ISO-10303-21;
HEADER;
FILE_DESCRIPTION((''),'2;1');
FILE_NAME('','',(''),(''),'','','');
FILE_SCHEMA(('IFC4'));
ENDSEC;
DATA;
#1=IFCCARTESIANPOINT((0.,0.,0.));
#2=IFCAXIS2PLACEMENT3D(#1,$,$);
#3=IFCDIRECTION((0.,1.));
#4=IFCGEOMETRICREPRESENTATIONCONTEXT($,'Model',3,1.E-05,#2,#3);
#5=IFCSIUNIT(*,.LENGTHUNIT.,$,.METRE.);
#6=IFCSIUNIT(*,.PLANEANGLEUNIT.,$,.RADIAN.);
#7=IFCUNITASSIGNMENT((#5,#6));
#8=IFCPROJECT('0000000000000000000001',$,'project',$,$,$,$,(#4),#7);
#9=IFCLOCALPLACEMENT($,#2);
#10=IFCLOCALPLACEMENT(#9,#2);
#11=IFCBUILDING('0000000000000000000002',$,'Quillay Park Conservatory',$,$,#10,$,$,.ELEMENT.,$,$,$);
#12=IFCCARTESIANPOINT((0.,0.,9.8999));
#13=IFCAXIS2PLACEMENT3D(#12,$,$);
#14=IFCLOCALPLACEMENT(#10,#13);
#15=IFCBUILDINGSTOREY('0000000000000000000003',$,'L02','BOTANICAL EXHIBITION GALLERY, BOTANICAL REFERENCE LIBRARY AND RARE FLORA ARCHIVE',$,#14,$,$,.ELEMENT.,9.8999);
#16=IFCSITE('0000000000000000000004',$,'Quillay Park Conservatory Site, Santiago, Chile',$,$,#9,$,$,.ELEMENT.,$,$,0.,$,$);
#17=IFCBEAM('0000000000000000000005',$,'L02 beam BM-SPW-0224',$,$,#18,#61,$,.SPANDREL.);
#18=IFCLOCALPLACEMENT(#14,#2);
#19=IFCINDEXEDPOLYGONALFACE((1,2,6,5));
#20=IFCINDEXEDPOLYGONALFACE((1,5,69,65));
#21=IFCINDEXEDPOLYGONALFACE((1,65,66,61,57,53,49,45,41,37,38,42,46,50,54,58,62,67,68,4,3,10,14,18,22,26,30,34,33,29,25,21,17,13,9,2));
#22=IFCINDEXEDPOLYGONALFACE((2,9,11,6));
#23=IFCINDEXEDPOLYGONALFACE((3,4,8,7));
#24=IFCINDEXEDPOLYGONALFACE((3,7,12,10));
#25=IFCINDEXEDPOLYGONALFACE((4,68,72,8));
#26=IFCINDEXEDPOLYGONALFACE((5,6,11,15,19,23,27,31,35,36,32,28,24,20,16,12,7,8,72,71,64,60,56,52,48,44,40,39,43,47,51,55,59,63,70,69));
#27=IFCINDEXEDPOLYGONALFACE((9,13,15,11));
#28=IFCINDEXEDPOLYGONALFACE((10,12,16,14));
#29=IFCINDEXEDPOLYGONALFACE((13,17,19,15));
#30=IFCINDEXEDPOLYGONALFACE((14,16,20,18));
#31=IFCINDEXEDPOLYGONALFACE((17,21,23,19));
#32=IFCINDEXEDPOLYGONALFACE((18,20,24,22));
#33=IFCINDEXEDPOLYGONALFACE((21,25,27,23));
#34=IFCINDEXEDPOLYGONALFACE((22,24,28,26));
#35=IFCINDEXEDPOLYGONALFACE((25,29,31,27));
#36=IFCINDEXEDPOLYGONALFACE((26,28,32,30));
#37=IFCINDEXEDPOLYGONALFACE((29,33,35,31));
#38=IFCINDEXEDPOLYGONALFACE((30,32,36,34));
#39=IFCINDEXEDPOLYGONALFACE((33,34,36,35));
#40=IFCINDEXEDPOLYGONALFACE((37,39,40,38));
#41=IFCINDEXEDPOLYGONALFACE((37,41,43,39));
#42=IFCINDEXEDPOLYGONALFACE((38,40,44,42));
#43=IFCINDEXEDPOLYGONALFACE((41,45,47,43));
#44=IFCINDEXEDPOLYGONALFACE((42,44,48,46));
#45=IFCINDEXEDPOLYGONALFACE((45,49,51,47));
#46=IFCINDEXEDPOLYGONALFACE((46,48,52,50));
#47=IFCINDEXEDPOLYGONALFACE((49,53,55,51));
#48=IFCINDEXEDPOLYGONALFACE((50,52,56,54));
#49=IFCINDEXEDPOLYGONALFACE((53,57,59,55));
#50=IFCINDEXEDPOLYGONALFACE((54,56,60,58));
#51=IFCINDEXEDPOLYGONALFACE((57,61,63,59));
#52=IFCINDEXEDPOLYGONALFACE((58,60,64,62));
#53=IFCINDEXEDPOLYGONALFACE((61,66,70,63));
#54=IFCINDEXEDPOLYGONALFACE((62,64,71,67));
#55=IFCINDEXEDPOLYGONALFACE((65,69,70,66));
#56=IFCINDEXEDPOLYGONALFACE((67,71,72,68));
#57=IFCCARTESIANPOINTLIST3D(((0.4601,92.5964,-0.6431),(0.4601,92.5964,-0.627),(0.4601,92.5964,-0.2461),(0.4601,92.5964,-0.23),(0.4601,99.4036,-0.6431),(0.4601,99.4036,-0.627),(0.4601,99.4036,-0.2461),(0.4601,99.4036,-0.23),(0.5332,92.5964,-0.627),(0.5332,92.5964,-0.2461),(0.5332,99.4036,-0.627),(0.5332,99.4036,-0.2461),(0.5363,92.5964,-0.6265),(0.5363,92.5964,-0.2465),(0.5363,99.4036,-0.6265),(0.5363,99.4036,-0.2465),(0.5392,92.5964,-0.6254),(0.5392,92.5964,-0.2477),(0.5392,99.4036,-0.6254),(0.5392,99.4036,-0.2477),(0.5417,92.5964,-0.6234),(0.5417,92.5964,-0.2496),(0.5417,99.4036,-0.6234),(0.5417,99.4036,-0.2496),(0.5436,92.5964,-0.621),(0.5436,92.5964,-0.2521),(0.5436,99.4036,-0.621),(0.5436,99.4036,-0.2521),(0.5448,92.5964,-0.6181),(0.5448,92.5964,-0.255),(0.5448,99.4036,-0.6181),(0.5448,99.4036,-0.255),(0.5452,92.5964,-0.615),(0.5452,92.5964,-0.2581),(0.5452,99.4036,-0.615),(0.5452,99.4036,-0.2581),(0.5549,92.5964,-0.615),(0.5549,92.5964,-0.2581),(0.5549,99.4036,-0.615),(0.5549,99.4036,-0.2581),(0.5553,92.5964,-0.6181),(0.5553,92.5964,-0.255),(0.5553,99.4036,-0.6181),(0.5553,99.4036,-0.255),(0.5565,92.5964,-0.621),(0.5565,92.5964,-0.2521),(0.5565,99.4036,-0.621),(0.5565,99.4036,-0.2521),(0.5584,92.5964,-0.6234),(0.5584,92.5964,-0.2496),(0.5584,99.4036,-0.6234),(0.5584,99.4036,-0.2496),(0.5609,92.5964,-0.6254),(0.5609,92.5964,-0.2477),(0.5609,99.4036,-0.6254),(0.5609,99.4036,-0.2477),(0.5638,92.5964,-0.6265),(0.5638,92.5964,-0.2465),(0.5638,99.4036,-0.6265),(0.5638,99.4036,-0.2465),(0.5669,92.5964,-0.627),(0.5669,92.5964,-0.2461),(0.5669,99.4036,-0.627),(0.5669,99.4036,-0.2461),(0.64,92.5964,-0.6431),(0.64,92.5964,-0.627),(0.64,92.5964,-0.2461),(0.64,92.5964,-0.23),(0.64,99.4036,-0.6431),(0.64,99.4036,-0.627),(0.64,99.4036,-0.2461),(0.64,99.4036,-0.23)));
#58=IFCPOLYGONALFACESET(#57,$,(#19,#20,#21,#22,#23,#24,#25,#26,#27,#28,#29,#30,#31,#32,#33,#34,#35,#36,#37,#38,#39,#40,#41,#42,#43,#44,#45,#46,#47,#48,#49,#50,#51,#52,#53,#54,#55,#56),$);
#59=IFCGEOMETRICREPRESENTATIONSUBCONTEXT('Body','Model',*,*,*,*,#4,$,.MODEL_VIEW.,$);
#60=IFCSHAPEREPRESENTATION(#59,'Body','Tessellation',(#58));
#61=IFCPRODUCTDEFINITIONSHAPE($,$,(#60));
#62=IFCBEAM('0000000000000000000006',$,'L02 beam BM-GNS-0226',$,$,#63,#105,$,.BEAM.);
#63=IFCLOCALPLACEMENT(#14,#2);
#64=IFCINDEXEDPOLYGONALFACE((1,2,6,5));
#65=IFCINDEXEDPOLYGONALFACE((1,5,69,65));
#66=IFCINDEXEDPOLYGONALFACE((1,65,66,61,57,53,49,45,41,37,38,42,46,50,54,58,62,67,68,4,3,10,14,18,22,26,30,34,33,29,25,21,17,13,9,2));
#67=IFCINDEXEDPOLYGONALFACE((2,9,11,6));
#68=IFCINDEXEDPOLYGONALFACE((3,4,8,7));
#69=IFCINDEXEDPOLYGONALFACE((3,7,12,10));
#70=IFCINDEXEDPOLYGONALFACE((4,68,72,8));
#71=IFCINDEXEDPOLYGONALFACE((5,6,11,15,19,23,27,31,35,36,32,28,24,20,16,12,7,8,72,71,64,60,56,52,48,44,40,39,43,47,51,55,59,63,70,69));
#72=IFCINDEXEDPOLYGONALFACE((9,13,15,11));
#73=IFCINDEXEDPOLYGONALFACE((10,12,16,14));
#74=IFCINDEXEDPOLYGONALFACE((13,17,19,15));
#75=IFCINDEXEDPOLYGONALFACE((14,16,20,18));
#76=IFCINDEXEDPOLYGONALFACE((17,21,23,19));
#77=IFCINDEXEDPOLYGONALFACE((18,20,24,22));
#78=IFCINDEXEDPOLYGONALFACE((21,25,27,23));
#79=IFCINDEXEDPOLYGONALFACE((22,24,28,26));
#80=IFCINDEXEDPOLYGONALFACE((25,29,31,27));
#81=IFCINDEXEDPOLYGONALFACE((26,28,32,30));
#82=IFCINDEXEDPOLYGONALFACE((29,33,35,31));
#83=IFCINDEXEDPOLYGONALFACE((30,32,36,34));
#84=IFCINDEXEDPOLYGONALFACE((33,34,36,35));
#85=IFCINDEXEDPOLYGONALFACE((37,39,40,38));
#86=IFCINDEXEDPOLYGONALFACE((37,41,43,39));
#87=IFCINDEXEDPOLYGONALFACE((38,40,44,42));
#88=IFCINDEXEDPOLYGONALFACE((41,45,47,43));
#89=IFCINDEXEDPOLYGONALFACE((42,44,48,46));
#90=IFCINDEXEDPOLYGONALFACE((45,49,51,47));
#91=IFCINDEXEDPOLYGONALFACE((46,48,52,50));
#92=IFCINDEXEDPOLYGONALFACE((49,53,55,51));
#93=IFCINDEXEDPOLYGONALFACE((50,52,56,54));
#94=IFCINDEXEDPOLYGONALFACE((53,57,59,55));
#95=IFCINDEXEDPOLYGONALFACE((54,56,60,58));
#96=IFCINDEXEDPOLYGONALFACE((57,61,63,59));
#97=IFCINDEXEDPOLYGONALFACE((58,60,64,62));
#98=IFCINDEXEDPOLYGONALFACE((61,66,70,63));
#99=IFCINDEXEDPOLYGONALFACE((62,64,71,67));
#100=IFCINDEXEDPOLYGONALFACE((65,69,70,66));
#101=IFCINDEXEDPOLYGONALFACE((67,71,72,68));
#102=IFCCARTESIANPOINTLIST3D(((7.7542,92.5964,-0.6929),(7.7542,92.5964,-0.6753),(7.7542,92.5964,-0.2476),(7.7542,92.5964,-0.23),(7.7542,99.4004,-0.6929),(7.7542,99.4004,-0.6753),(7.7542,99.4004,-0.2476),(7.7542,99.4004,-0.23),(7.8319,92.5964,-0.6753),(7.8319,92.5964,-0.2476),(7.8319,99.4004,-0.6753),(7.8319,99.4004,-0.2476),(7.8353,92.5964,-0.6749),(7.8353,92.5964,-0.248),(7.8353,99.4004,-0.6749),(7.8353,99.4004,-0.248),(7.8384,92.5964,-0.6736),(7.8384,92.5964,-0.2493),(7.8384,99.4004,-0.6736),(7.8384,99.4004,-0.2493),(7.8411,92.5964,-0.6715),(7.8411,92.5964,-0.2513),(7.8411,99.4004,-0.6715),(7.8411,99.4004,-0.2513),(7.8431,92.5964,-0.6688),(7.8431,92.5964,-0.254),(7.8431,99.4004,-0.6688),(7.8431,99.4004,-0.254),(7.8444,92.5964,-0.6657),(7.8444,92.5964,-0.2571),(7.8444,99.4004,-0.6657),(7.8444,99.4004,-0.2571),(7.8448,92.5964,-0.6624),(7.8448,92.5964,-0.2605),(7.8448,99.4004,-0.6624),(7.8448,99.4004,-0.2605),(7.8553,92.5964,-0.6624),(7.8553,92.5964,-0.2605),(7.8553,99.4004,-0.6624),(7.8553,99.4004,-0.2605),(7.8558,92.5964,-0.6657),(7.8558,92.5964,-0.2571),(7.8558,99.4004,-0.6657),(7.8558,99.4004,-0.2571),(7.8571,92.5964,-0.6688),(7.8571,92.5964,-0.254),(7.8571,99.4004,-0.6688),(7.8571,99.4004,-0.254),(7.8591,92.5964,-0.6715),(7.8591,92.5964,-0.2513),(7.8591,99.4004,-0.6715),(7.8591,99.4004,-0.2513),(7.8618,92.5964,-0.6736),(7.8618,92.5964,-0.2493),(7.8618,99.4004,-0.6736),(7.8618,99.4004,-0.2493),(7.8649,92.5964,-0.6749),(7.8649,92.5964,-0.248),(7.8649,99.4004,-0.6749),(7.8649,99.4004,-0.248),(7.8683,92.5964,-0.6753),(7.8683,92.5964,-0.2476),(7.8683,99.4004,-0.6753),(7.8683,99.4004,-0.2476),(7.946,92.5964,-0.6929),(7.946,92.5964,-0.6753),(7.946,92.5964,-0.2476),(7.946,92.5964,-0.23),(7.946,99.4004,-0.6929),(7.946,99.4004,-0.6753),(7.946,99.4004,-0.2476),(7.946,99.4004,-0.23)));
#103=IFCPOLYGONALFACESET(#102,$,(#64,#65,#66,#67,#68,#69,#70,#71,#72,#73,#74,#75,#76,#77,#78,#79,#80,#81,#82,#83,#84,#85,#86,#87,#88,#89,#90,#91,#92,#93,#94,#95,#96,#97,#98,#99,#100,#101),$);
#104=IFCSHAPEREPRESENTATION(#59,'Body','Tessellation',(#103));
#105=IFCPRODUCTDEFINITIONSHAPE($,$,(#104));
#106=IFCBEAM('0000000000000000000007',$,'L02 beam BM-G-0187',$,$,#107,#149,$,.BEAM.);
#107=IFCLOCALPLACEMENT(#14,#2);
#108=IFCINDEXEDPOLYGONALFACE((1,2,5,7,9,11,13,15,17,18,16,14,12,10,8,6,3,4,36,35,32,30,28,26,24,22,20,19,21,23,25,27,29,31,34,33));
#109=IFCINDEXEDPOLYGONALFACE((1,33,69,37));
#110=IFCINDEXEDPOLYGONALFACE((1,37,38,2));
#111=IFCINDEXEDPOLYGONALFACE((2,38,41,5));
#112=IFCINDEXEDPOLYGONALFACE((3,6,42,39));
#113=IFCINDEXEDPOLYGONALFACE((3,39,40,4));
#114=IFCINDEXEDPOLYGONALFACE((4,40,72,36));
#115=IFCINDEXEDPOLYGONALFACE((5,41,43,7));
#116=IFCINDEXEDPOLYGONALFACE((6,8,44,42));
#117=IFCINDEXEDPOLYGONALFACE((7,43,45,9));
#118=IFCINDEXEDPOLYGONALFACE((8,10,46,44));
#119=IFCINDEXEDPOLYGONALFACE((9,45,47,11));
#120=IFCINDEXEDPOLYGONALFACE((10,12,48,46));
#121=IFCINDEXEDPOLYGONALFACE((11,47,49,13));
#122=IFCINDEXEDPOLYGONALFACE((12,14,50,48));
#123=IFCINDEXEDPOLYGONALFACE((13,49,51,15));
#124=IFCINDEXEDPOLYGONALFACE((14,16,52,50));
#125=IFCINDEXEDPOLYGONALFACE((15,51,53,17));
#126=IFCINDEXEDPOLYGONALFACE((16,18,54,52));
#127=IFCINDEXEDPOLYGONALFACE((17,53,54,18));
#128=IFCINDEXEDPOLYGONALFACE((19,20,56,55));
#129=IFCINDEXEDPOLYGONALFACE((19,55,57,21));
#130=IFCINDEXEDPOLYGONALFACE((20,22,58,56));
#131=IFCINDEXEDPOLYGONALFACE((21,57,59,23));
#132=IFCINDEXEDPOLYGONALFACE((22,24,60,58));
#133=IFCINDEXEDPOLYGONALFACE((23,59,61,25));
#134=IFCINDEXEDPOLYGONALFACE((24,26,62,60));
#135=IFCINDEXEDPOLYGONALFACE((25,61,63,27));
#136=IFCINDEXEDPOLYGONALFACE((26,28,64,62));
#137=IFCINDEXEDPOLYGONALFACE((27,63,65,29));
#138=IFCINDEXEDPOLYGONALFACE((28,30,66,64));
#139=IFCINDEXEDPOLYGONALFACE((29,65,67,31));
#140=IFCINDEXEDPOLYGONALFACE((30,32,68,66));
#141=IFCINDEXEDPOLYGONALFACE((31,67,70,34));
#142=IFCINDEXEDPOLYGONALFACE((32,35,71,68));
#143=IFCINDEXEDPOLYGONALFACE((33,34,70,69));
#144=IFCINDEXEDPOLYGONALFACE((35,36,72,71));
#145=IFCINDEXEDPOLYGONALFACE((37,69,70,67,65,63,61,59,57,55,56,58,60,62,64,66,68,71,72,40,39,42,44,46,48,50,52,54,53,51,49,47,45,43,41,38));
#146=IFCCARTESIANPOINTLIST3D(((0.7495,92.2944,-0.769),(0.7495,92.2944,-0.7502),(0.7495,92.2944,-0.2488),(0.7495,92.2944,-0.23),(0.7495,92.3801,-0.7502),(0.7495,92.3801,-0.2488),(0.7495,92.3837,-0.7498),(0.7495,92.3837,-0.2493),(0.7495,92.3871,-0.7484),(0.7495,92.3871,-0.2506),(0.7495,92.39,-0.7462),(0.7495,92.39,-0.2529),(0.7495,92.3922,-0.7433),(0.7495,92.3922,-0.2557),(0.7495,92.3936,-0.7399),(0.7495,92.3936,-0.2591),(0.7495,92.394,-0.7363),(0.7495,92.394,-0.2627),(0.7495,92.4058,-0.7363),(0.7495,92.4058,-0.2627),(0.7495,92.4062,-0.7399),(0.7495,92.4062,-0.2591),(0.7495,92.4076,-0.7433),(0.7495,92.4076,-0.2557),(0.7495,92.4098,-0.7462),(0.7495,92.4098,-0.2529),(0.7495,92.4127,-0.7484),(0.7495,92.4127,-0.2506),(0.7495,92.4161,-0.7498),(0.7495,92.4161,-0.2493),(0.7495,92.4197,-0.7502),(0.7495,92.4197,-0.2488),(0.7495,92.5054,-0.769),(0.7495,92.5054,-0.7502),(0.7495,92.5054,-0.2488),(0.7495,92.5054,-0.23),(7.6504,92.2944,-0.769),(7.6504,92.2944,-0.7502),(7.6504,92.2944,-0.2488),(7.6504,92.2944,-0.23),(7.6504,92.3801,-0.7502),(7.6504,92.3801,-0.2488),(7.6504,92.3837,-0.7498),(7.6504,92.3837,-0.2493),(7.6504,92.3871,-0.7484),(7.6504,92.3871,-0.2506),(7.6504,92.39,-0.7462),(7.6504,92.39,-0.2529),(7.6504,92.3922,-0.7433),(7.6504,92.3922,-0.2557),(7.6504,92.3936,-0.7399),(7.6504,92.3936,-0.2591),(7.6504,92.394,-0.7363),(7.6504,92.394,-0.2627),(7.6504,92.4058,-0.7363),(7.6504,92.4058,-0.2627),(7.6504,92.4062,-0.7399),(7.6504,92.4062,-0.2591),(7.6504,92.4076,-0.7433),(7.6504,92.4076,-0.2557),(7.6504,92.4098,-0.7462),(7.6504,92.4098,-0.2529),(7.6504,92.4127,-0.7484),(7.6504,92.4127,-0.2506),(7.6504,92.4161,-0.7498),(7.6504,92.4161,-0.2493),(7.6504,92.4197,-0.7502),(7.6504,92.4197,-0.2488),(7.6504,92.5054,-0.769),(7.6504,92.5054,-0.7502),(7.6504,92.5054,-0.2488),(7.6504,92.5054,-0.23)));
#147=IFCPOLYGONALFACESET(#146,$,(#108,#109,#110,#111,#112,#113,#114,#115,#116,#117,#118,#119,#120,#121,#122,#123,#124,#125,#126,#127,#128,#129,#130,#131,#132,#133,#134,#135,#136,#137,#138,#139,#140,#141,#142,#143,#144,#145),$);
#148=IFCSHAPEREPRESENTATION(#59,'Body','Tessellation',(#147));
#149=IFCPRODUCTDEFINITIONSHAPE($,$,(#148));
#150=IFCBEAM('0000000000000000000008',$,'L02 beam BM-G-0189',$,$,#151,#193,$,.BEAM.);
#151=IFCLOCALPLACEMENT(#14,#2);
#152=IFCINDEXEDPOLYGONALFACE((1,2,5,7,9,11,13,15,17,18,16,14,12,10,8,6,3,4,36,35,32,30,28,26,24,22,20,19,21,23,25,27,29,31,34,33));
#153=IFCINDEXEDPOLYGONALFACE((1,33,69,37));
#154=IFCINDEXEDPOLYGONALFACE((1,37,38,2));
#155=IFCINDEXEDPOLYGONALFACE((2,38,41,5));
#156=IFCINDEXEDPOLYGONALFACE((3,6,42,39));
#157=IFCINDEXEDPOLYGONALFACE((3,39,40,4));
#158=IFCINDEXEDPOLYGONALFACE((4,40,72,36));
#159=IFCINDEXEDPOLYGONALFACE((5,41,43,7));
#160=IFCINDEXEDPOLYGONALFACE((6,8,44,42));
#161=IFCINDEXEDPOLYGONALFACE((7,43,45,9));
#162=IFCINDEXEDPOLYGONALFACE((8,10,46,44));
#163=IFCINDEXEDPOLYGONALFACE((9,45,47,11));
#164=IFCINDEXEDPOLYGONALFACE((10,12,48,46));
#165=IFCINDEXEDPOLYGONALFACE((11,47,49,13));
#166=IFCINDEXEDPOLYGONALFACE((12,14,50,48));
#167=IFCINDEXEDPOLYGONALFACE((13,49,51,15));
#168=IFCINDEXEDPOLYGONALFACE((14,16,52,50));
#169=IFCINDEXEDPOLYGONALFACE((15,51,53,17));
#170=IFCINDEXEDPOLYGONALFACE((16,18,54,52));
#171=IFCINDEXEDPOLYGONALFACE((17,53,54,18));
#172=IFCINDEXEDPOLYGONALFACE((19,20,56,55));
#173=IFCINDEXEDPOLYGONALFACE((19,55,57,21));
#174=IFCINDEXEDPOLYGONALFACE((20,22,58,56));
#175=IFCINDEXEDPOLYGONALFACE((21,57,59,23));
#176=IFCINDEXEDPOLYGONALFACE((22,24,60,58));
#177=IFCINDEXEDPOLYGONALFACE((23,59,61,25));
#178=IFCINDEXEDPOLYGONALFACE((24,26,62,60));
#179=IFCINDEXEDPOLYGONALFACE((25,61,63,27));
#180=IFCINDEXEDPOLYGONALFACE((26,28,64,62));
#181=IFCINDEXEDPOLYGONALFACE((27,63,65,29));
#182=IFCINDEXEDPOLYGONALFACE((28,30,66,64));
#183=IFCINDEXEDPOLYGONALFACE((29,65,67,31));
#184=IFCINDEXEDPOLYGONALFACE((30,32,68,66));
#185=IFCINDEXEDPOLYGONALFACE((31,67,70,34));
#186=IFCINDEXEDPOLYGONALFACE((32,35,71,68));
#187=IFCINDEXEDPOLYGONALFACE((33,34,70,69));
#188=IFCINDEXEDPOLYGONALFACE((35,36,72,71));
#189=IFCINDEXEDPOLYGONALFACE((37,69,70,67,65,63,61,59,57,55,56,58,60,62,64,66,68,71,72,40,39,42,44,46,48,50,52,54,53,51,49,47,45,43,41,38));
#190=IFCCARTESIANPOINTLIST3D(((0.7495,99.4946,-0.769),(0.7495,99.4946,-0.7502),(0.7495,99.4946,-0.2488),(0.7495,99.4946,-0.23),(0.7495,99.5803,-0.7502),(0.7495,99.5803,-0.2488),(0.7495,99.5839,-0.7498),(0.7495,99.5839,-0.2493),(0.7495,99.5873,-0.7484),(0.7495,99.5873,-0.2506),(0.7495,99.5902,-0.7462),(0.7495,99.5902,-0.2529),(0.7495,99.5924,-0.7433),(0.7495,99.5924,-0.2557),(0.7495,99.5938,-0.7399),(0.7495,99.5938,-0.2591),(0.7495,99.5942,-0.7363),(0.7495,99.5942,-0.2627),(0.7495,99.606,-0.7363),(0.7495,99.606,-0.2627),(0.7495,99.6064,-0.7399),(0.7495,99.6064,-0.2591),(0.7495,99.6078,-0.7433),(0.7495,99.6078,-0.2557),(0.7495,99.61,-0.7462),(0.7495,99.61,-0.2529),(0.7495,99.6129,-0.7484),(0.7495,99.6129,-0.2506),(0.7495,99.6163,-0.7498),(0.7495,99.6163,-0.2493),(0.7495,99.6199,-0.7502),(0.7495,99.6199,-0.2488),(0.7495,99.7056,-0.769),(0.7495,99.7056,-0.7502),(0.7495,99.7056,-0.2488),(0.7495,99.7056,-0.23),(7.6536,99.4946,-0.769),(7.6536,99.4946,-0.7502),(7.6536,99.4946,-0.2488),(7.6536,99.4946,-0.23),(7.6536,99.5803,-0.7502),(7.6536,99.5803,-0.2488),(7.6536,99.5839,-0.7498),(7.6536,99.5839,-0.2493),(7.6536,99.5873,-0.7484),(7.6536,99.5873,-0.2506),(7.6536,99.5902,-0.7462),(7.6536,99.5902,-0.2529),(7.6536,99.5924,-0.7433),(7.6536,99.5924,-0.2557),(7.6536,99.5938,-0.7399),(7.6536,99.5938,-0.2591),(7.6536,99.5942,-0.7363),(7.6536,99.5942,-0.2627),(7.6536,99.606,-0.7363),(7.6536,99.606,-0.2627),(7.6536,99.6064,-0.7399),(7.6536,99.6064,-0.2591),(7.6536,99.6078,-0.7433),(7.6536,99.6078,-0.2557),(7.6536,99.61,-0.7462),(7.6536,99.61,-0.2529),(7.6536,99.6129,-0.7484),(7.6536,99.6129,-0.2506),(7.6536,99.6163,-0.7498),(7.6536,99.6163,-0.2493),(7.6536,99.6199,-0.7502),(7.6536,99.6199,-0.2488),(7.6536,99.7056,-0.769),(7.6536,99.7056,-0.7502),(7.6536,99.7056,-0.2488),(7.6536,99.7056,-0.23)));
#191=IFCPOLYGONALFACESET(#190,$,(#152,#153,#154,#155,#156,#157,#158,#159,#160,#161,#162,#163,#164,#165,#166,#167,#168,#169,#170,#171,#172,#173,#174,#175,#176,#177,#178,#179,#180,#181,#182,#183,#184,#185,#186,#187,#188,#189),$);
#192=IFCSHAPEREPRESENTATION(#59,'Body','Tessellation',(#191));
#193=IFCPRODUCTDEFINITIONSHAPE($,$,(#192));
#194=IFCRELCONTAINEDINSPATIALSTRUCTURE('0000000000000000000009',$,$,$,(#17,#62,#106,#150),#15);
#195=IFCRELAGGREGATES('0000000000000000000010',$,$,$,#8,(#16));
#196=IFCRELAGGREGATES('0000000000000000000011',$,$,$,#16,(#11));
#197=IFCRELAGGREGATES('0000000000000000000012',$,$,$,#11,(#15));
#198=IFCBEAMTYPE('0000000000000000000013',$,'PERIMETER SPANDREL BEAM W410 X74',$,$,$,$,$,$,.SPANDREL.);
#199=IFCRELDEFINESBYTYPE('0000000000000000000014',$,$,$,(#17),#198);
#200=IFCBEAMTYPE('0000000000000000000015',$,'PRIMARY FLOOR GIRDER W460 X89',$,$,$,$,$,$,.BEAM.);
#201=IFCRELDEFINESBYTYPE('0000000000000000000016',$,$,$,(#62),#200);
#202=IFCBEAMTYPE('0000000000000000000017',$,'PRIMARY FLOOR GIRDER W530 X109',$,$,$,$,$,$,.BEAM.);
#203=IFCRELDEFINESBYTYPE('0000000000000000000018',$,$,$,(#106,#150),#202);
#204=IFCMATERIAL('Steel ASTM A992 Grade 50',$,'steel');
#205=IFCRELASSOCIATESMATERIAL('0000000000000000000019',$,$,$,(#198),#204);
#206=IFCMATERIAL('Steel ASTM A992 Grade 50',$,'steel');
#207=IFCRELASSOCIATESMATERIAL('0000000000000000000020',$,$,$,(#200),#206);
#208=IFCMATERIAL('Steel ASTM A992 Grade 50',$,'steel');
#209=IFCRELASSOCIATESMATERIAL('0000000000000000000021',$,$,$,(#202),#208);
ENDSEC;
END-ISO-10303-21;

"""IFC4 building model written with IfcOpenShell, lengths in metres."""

from ifc_helpers import new_model, si_unit, direction, frame, origin, origin_2d, place, context, subcontext, project, spatial, i_section, extrude, material, material_profile, profile_set, type_object, element, save


model = new_model("IFC4")

# Units and contexts
model_context = context("Model", 3, precision=1e-05, world=origin(), true_north=direction((0.0, 1.0)))
body_context = subcontext(model_context, "Body", "Model", "MODEL_VIEW")
ifc_project = project(units=[si_unit("LENGTHUNIT", "METRE"), si_unit("PLANEANGLEUNIT", "RADIAN")], contexts=[model_context])

# Site, building, storey
site_placement = place(None, origin())
site = spatial("IfcSite", under=ifc_project, at=site_placement, Name="Quillay Park Conservatory Site, Santiago, Chile", CompositionType="ELEMENT", RefElevation=0.0)
building_placement = place(site_placement, origin())
building = spatial("IfcBuilding", under=site, at=building_placement, Name="Quillay Park Conservatory", CompositionType="ELEMENT")
storey_placement = place(building_placement, frame((0.0, 0.0, 9.8999)))
storey = spatial("IfcBuildingStorey", under=building, at=storey_placement, Name="L02", Description="BOTANICAL EXHIBITION GALLERY, BOTANICAL REFERENCE LIBRARY AND RARE FLORA ARCHIVE", CompositionType="ELEMENT", Elevation=9.8999)

# Beams
ifc_material_1 = material(Name="Steel ASTM A992 Grade 50", Category="steel")
ifc_material_profile_1 = material_profile(ifc_material_1, i_section(OverallWidth=0.1799, OverallDepth=0.4131, WebThickness=0.0098, FlangeThickness=0.0161, FilletRadius=0.012, at=origin_2d()), Name="W410x74")
ifc_profile_set_1 = profile_set([ifc_material_profile_1], Name="Steel ASTM A992 Grade 50")
beam_type_1 = type_object("IfcBeamType", Name="PERIMETER SPANDREL BEAM W410 X74", PredefinedType="SPANDREL", material=ifc_profile_set_1)
beam_1_placement = place(storey_placement, frame((0.55, 92.5964, -0.4365), z_axis=(0.0, 1.0, 0.0), x_axis=(-1.0, 0.0, 0.0)))
element("IfcBeam", 1, at=beam_1_placement, inside=storey, type_object=beam_type_1, Name="L02 beam BM-SPW-0224", PredefinedType="SPANDREL", context=body_context, shape_type="SweptSolid", body=[
    extrude(i_section(OverallWidth=0.1799, OverallDepth=0.4131, WebThickness=0.0098, FlangeThickness=0.0161, FilletRadius=0.012, at=origin_2d()), origin(), (0.0, 0.0, 1.0), 6.8071),
])
ifc_material_2 = material(Name="Steel ASTM A992 Grade 50", Category="steel")
ifc_material_profile_2 = material_profile(ifc_material_2, i_section(OverallWidth=0.1919, OverallDepth=0.4629, WebThickness=0.0105, FlangeThickness=0.0176, FilletRadius=0.0129, at=origin_2d()), Name="W460x89")
ifc_profile_set_2 = profile_set([ifc_material_profile_2], Name="Steel ASTM A992 Grade 50")
beam_type_2 = type_object("IfcBeamType", Name="PRIMARY FLOOR GIRDER W460 X89", PredefinedType="BEAM", material=ifc_profile_set_2)
beam_2_placement = place(storey_placement, frame((7.8501, 92.5964, -0.4614), z_axis=(0.0, 1.0, 0.0), x_axis=(-1.0, 0.0, 0.0)))
element("IfcBeam", 2, at=beam_2_placement, inside=storey, type_object=beam_type_2, Name="L02 beam BM-GNS-0226", PredefinedType="BEAM", context=body_context, shape_type="SweptSolid", body=[
    extrude(i_section(OverallWidth=0.1919, OverallDepth=0.4629, WebThickness=0.0105, FlangeThickness=0.0176, FilletRadius=0.0129, at=origin_2d()), origin(), (0.0, 0.0, 1.0), 6.804),
])
ifc_material_3 = material(Name="Steel ASTM A992 Grade 50", Category="steel")
ifc_material_profile_3 = material_profile(ifc_material_3, i_section(OverallWidth=0.2109, OverallDepth=0.5391, WebThickness=0.0117, FlangeThickness=0.0188, FilletRadius=0.0139, at=origin_2d()), Name="W530x109")
ifc_profile_set_3 = profile_set([ifc_material_profile_3], Name="Steel ASTM A992 Grade 50")
beam_type_3 = type_object("IfcBeamType", Name="PRIMARY FLOOR GIRDER W530 X109", PredefinedType="BEAM", material=ifc_profile_set_3)
beam_3_placement = place(storey_placement, frame((0.7495, 92.3999, -0.4995), z_axis=(1.0, 0.0, 0.0), x_axis=(0.0, 1.0, 0.0)))
element("IfcBeam", 3, at=beam_3_placement, inside=storey, type_object=beam_type_3, Name="L02 beam BM-G-0187", PredefinedType="BEAM", context=body_context, shape_type="SweptSolid", body=[
    extrude(i_section(OverallWidth=0.2109, OverallDepth=0.5391, WebThickness=0.0117, FlangeThickness=0.0188, FilletRadius=0.0139, at=origin_2d()), origin(), (0.0, 0.0, 1.0), 6.9009),
])
beam_4_placement = place(storey_placement, frame((0.7495, 99.6001, -0.4995), z_axis=(1.0, 0.0, 0.0), x_axis=(0.0, 1.0, 0.0)))
element("IfcBeam", 4, at=beam_4_placement, inside=storey, type_object=beam_type_3, Name="L02 beam BM-G-0189", PredefinedType="BEAM", context=body_context, shape_type="SweptSolid", body=[
    extrude(i_section(OverallWidth=0.2109, OverallDepth=0.5391, WebThickness=0.0117, FlangeThickness=0.0188, FilletRadius=0.0139, at=origin_2d()), origin(), (0.0, 0.0, 1.0), 6.9041),
])

save(model, "model.ifc")
